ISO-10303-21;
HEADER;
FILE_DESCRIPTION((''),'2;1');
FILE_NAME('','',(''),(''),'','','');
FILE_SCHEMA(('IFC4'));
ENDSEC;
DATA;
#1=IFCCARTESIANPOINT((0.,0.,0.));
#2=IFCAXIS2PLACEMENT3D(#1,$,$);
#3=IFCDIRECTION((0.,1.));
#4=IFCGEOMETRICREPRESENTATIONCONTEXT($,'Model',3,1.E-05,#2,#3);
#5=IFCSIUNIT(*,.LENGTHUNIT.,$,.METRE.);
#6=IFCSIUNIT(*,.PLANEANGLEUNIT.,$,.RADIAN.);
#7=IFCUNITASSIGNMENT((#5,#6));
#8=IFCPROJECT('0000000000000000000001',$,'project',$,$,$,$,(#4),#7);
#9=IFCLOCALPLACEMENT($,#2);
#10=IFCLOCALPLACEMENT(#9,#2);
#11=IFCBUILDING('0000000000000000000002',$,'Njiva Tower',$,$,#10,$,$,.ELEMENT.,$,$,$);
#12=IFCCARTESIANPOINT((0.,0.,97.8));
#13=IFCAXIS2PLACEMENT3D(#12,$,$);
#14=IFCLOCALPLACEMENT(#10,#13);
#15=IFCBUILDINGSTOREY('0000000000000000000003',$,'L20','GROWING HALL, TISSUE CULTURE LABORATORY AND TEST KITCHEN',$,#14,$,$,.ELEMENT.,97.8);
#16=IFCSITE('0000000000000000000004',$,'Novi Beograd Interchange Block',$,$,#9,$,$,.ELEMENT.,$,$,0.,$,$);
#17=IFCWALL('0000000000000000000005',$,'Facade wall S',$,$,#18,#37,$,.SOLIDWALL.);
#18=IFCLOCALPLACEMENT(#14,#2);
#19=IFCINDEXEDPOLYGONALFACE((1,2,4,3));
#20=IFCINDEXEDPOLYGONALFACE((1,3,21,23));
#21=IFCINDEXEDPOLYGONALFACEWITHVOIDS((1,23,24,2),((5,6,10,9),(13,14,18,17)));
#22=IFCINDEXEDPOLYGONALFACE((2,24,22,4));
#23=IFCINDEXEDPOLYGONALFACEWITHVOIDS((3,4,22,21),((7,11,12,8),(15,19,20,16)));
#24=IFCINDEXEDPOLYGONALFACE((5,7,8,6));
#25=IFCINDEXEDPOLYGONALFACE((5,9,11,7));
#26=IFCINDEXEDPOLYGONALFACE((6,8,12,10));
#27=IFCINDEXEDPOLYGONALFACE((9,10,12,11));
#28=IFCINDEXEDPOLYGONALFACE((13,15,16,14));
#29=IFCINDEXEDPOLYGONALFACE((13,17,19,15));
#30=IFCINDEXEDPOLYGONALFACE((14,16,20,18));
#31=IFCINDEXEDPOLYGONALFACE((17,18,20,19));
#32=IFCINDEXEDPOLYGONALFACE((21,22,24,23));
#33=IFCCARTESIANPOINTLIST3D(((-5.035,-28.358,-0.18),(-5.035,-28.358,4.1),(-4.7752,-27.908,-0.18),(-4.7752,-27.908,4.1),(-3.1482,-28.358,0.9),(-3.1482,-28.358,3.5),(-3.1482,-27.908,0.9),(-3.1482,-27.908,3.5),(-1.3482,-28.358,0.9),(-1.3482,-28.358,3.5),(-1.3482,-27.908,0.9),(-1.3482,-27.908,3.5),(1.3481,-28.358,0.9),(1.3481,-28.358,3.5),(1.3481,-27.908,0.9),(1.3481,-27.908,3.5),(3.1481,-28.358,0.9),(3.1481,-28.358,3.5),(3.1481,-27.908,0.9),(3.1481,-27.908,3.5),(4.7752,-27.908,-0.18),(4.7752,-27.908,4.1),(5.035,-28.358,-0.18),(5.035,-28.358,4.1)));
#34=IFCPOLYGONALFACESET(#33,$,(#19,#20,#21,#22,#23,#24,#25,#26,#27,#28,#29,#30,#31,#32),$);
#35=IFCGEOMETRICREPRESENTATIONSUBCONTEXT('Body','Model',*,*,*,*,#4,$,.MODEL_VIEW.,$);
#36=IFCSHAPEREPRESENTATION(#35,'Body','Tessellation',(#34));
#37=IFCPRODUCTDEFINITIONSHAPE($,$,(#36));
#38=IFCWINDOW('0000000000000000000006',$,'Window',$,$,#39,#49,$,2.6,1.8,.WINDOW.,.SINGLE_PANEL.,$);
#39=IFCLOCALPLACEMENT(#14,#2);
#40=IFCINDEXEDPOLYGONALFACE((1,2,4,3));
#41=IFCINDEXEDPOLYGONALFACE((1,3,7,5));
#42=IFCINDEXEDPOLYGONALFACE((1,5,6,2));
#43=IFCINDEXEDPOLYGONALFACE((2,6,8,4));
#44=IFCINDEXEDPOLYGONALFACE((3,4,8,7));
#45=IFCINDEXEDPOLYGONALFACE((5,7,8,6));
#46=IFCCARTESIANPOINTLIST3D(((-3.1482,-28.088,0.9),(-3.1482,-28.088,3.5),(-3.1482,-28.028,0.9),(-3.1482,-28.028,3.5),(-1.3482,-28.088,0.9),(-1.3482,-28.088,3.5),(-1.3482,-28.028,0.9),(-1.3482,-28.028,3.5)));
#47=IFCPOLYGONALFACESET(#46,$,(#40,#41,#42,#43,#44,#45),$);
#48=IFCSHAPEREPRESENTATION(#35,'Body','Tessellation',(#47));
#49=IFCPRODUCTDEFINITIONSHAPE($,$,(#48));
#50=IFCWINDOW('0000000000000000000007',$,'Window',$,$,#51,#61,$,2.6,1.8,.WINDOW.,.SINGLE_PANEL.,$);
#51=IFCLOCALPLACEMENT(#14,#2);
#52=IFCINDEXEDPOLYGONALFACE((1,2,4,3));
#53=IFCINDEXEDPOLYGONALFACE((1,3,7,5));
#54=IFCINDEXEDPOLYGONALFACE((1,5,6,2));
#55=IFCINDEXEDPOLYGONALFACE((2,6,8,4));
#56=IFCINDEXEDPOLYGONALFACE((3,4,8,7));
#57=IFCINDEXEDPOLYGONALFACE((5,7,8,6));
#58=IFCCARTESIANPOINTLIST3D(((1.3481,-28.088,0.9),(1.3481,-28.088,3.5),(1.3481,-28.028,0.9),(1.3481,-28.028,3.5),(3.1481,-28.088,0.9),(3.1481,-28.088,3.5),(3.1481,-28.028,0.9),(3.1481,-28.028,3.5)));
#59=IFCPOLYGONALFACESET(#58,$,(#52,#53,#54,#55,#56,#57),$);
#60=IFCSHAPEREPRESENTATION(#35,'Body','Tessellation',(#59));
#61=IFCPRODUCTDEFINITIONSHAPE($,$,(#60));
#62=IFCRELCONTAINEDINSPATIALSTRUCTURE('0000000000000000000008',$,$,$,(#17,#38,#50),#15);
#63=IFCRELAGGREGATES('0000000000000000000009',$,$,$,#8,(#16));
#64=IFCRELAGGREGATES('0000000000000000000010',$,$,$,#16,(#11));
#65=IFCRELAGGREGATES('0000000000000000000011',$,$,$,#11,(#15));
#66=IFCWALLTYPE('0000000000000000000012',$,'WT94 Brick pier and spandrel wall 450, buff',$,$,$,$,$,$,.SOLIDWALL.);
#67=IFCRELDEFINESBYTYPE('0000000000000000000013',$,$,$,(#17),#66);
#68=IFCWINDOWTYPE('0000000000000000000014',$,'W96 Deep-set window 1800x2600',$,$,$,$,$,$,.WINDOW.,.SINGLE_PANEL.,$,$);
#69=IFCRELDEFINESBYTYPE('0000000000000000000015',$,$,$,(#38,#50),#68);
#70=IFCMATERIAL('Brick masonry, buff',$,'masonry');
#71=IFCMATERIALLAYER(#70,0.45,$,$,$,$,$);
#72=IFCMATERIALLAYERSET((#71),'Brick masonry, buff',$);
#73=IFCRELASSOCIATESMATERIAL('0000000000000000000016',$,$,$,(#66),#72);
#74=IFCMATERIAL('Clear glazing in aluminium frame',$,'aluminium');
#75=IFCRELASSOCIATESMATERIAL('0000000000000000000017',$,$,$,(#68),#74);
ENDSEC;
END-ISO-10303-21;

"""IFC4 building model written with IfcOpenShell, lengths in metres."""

from ifc_helpers import new_model, si_unit, direction, frame, frame_2d, origin, place, context, subcontext, project, spatial, polyline, rectangle, outline, extrude, material, layer, layer_set, type_object, element, fill, save


model = new_model("IFC4")

# Units and contexts
model_context = context("Model", 3, precision=1e-05, world=origin(), true_north=direction((0.0, 1.0)))
body_context = subcontext(model_context, "Body", "Model", "MODEL_VIEW")
ifc_project = project(units=[si_unit("LENGTHUNIT", "METRE"), si_unit("PLANEANGLEUNIT", "RADIAN")], contexts=[model_context])

# Site, building, storey
site_placement = place(None, origin())
site = spatial("IfcSite", under=ifc_project, at=site_placement, Name="Novi Beograd Interchange Block", CompositionType="ELEMENT", RefElevation=0.0)
building_placement = place(site_placement, origin())
building = spatial("IfcBuilding", under=site, at=building_placement, Name="Njiva Tower", CompositionType="ELEMENT")
storey_placement = place(building_placement, frame((0.0, 0.0, 97.8)))
storey = spatial("IfcBuildingStorey", under=building, at=storey_placement, Name="L20", Description="GROWING HALL, TISSUE CULTURE LABORATORY AND TEST KITCHEN", CompositionType="ELEMENT", Elevation=97.8)

# Wall, openings, windows
ifc_material_1 = material(Name="Brick masonry, buff", Category="masonry")
ifc_layer_1 = layer(ifc_material_1, 0.45)
ifc_layer_set_1 = layer_set([ifc_layer_1], Name="Brick masonry, buff")
wall_type_1 = type_object("IfcWallType", Name="WT94 Brick pier and spandrel wall 450, buff", PredefinedType="SOLIDWALL", material=ifc_layer_set_1)
wall_1_placement = place(storey_placement, frame((-4.9051, -28.133, -0.18), z_axis=(0.0, 0.0, 1.0), x_axis=(1.0, 0.0, 0.0)))
wall_1 = element("IfcWall", 1, at=wall_1_placement, inside=storey, type_object=wall_type_1, Name="Facade wall S", PredefinedType="SOLIDWALL", context=body_context, shape_type="SweptSolid", body=[
    extrude(outline(polyline([(-0.1299, -0.225), (9.9401, -0.225), (9.6803, 0.225), (0.1299, 0.225), (-0.1299, -0.225)])), origin(), (0.0, 0.0, 1.0), 4.28),
])
opening_1_placement = place(wall_1_placement, frame((1.7569, 0.0, 1.08)))
opening_1 = element("IfcOpeningElement", 2, at=opening_1_placement, cuts=wall_1, PredefinedType="OPENING", context=body_context, shape_type="SweptSolid", body=[
    extrude(rectangle(XDim=1.8, YDim=2.6, at=frame_2d((0.9, 1.3))), frame((0.0, 0.235, 0.0), z_axis=(0.0, -1.0, 0.0), x_axis=(1.0, 0.0, 0.0)), (0.0, 0.0, 1.0), 0.47),
])
opening_2_placement = place(wall_1_placement, frame((6.2532, 0.0, 1.08)))
opening_2 = element("IfcOpeningElement", 3, at=opening_2_placement, cuts=wall_1, PredefinedType="OPENING", context=body_context, shape_type="SweptSolid", body=[
    extrude(rectangle(XDim=1.8, YDim=2.6, at=frame_2d((0.9, 1.3))), frame((0.0, 0.235, 0.0), z_axis=(0.0, -1.0, 0.0), x_axis=(1.0, 0.0, 0.0)), (0.0, 0.0, 1.0), 0.47),
])
ifc_material_2 = material(Name="Clear glazing in aluminium frame", Category="aluminium")
window_type = type_object("IfcWindowType", Name="W96 Deep-set window 1800x2600", PartitioningType="SINGLE_PANEL", PredefinedType="WINDOW", material=ifc_material_2)
window_1_placement = place(opening_1_placement, origin())
window_1 = element("IfcWindow", 4, at=window_1_placement, inside=storey, type_object=window_type, Name="Window", OverallHeight=2.6, OverallWidth=1.8, PartitioningType="SINGLE_PANEL", PredefinedType="WINDOW", context=body_context, shape_type="SweptSolid", body=[
    extrude(rectangle(XDim=1.8, YDim=2.6, at=frame_2d((0.9, 1.3))), frame((0.0, 0.105, 0.0), z_axis=(0.0, -1.0, 0.0), x_axis=(1.0, 0.0, 0.0)), (0.0, 0.0, 1.0), 0.06),
])
fill(opening_1, window_1)
window_2_placement = place(opening_2_placement, origin())
window_2 = element("IfcWindow", 5, at=window_2_placement, inside=storey, type_object=window_type, Name="Window", OverallHeight=2.6, OverallWidth=1.8, PartitioningType="SINGLE_PANEL", PredefinedType="WINDOW", context=body_context, shape_type="SweptSolid", body=[
    extrude(rectangle(XDim=1.8, YDim=2.6, at=frame_2d((0.9, 1.3))), frame((0.0, 0.105, 0.0), z_axis=(0.0, -1.0, 0.0), x_axis=(1.0, 0.0, 0.0)), (0.0, 0.0, 1.0), 0.06),
])
fill(opening_2, window_2)

save(model, "model.ifc")
